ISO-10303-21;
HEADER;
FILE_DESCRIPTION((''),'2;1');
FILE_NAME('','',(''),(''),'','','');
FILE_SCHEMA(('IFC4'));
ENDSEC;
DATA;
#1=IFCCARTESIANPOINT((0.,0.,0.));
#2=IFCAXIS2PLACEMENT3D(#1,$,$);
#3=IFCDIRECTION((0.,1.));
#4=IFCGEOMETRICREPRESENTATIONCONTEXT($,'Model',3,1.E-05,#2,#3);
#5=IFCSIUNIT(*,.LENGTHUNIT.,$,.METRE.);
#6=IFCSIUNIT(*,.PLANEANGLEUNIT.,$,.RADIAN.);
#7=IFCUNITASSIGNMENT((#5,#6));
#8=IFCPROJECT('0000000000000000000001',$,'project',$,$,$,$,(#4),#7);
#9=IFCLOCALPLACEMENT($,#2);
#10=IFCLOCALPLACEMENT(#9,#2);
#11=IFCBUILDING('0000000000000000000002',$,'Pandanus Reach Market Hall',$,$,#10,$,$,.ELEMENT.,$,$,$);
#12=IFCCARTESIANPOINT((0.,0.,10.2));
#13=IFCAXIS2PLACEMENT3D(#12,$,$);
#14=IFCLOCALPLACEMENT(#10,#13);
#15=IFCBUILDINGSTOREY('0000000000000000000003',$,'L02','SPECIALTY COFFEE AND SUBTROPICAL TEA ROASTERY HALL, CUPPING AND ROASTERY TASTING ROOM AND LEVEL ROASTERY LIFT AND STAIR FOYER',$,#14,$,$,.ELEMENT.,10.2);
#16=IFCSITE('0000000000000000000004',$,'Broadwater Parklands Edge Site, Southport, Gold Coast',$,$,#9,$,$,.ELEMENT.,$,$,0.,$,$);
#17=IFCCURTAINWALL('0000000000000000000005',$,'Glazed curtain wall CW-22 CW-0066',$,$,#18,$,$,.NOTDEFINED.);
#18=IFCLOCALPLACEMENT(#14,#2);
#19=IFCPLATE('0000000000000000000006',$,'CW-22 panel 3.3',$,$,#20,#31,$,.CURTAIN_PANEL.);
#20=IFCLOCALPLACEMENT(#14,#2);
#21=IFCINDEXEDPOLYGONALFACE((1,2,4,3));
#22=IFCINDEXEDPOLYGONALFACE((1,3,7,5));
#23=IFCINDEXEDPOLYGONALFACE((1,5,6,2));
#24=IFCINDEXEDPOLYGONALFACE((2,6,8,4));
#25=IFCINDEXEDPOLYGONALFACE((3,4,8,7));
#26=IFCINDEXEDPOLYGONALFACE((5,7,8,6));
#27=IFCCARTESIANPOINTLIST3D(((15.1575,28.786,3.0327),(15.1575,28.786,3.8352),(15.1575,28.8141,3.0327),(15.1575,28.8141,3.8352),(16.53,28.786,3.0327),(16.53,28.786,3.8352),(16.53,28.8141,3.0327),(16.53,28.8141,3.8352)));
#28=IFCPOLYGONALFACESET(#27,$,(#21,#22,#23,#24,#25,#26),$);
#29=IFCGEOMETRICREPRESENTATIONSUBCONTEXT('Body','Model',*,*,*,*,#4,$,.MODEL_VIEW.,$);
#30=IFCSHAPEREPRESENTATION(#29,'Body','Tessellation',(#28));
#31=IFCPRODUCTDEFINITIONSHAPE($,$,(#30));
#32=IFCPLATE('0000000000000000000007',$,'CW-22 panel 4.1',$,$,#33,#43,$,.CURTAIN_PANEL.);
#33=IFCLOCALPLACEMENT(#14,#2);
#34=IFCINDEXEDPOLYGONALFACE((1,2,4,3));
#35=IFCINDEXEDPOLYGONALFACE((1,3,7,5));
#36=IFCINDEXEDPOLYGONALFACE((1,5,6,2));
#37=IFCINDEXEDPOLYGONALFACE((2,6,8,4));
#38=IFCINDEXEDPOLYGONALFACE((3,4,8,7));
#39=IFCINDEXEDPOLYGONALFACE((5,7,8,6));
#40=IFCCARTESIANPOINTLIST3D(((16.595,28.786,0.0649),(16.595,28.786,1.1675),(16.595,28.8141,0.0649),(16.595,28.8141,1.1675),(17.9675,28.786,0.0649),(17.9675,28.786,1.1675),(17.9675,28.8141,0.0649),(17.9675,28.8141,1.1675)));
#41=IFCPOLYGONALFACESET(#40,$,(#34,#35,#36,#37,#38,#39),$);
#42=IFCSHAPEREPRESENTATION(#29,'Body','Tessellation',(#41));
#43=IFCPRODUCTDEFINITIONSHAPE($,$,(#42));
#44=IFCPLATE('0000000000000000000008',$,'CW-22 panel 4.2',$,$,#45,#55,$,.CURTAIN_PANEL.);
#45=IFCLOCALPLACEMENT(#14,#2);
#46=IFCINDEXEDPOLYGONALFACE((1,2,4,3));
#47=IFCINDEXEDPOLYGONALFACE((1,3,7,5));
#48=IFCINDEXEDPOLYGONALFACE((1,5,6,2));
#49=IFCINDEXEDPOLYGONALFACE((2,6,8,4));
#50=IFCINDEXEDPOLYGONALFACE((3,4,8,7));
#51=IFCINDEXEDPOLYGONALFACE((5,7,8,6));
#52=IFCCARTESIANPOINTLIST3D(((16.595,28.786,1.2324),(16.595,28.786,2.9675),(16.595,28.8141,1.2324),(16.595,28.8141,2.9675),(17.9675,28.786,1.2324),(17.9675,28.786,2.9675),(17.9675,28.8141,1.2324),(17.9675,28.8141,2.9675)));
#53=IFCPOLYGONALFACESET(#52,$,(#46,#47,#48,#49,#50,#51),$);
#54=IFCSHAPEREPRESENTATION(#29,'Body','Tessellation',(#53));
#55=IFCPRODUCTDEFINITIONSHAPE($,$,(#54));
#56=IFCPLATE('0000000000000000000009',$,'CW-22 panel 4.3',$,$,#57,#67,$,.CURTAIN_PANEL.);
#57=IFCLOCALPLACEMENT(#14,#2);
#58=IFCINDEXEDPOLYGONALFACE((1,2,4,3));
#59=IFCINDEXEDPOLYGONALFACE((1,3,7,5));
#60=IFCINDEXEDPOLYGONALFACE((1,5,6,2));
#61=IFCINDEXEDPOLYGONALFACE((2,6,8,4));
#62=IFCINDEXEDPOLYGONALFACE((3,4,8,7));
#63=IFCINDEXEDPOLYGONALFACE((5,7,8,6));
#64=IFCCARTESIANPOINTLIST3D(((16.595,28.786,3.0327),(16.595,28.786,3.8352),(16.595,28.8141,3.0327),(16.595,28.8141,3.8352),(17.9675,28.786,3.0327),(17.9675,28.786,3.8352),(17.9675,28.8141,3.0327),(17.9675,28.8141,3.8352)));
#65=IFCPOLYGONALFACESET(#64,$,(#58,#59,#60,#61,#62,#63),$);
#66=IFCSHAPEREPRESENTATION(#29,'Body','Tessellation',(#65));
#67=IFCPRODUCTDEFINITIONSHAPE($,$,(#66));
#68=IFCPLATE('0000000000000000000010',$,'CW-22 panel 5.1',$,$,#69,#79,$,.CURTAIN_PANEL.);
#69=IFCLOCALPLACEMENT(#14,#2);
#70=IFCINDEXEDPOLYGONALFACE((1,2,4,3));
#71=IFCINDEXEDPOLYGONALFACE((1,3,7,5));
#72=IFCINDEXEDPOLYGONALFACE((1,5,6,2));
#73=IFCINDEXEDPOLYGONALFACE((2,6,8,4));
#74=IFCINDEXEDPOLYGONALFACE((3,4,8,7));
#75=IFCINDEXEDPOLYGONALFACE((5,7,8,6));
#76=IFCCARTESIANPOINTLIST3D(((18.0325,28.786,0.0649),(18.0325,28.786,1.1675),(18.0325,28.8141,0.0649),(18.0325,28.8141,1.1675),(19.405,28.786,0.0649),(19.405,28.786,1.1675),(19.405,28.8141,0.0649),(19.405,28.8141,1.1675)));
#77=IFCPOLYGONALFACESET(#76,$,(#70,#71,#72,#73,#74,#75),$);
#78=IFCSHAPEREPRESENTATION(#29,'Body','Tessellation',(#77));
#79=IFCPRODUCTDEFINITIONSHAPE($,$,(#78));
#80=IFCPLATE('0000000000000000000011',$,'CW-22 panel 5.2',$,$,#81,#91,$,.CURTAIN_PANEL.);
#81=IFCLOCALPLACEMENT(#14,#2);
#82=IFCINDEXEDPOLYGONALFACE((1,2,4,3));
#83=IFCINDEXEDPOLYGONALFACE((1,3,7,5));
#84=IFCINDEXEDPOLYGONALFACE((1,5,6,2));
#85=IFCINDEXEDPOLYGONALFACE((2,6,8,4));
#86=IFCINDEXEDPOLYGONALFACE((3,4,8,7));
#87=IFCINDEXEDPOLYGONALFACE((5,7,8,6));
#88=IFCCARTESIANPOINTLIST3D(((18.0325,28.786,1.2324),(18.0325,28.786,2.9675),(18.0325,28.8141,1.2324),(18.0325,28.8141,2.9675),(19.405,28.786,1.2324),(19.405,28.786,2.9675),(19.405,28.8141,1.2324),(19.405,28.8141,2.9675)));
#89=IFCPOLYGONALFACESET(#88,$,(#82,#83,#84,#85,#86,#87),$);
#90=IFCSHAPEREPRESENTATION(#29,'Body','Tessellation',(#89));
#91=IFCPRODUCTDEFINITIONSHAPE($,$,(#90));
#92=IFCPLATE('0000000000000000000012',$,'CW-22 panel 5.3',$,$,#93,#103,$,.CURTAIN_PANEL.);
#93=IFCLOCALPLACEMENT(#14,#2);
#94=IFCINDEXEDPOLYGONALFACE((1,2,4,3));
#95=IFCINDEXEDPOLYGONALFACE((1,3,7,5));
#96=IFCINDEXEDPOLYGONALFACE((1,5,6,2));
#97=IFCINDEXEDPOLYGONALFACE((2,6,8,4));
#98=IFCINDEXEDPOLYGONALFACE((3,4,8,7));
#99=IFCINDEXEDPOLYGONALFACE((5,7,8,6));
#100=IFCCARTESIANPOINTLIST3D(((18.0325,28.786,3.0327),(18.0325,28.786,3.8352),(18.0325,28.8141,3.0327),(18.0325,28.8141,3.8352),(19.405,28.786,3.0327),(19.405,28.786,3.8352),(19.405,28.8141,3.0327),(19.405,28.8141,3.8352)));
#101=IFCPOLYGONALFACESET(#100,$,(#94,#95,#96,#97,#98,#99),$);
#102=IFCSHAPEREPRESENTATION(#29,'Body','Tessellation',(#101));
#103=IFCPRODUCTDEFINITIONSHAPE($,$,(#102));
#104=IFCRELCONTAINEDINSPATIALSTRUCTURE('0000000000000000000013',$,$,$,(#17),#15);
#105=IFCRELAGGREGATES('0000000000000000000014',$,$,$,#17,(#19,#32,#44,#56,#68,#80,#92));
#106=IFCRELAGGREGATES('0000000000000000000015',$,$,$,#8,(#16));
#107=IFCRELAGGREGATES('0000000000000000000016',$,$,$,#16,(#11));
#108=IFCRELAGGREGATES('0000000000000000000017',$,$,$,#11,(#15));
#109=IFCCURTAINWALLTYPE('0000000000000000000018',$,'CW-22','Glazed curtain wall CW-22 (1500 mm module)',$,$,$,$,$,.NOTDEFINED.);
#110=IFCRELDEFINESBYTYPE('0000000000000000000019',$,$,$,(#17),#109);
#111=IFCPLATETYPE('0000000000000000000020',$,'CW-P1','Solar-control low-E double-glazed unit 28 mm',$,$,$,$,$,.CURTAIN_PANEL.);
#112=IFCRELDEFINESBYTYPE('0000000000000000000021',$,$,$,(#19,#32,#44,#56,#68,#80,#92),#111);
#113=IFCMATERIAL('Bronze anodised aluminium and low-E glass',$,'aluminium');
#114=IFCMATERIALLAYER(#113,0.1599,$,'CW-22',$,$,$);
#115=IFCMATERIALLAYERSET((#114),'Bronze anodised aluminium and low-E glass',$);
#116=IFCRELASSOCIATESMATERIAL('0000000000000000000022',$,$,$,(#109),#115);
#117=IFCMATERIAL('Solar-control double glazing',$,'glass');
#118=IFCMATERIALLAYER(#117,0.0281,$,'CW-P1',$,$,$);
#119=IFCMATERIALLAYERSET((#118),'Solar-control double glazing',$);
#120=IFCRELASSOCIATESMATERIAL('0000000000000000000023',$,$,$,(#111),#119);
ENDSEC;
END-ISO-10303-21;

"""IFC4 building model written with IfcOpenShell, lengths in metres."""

from ifc_helpers import new_model, si_unit, direction, frame, origin, origin_2d, place, context, subcontext, project, spatial, rectangle, extrude, material, layer, layer_set, type_object, element, aggregate, save


model = new_model("IFC4")

# Units and contexts
model_context = context("Model", 3, precision=1e-05, world=origin(), true_north=direction((0.0, 1.0)))
body_context = subcontext(model_context, "Body", "Model", "MODEL_VIEW")
ifc_project = project(units=[si_unit("LENGTHUNIT", "METRE"), si_unit("PLANEANGLEUNIT", "RADIAN")], contexts=[model_context])

# Site, building, storey
site_placement = place(None, origin())
site = spatial("IfcSite", under=ifc_project, at=site_placement, Name="Broadwater Parklands Edge Site, Southport, Gold Coast", CompositionType="ELEMENT", RefElevation=0.0)
building_placement = place(site_placement, origin())
building = spatial("IfcBuilding", under=site, at=building_placement, Name="Pandanus Reach Market Hall", CompositionType="ELEMENT")
storey_placement = place(building_placement, frame((0.0, 0.0, 10.2)))
storey = spatial("IfcBuildingStorey", under=building, at=storey_placement, Name="L02", Description="SPECIALTY COFFEE AND SUBTROPICAL TEA ROASTERY HALL, CUPPING AND ROASTERY TASTING ROOM AND LEVEL ROASTERY LIFT AND STAIR FOYER", CompositionType="ELEMENT", Elevation=10.2)

# Curtain wall
ifc_material_1 = material(Name="Bronze anodised aluminium and low-E glass", Category="aluminium")
ifc_layer_1 = layer(ifc_material_1, 0.1599, Name="CW-22")
ifc_layer_set_1 = layer_set([ifc_layer_1], Name="Bronze anodised aluminium and low-E glass")
curtain_wall_type = type_object("IfcCurtainWallType", Name="CW-22", Description="Glazed curtain wall CW-22 (1500 mm module)", PredefinedType="NOTDEFINED", material=ifc_layer_set_1)
curtain_wall_placement = place(storey_placement, origin())
curtain_wall = element("IfcCurtainWall", 1, at=curtain_wall_placement, inside=storey, type_object=curtain_wall_type, Name="Glazed curtain wall CW-22 CW-0066", PredefinedType="NOTDEFINED")

# Plates
ifc_material_2 = material(Name="Solar-control double glazing", Category="glass")
ifc_layer_2 = layer(ifc_material_2, 0.0281, Name="CW-P1")
ifc_layer_set_2 = layer_set([ifc_layer_2], Name="Solar-control double glazing")
plate_type = type_object("IfcPlateType", Name="CW-P1", Description="Solar-control low-E double-glazed unit 28 mm", PredefinedType="CURTAIN_PANEL", material=ifc_layer_set_2)
plate_1_placement = place(storey_placement, frame((15.8438, 28.8, 3.0327), z_axis=(0.0, 0.0, 1.0), x_axis=(1.0, 0.0, 0.0)))
plate_1 = element("IfcPlate", 2, at=plate_1_placement, type_object=plate_type, Name="CW-22 panel 3.3", PredefinedType="CURTAIN_PANEL", context=body_context, shape_type="SweptSolid", body=[
    extrude(rectangle(XDim=1.3726, YDim=0.0281, at=origin_2d()), origin(), (0.0, 0.0, 1.0), 0.8025),
])
plate_2_placement = place(storey_placement, frame((17.2812, 28.8, 0.0649), z_axis=(0.0, 0.0, 1.0), x_axis=(1.0, 0.0, 0.0)))
plate_2 = element("IfcPlate", 3, at=plate_2_placement, type_object=plate_type, Name="CW-22 panel 4.1", PredefinedType="CURTAIN_PANEL", context=body_context, shape_type="SweptSolid", body=[
    extrude(rectangle(XDim=1.3726, YDim=0.0281, at=origin_2d()), origin(), (0.0, 0.0, 1.0), 1.1025),
])
plate_3_placement = place(storey_placement, frame((17.2812, 28.8, 1.2324), z_axis=(0.0, 0.0, 1.0), x_axis=(1.0, 0.0, 0.0)))
plate_3 = element("IfcPlate", 4, at=plate_3_placement, type_object=plate_type, Name="CW-22 panel 4.2", PredefinedType="CURTAIN_PANEL", context=body_context, shape_type="SweptSolid", body=[
    extrude(rectangle(XDim=1.3726, YDim=0.0281, at=origin_2d()), origin(), (0.0, 0.0, 1.0), 1.7351),
])
plate_4_placement = place(storey_placement, frame((17.2812, 28.8, 3.0327), z_axis=(0.0, 0.0, 1.0), x_axis=(1.0, 0.0, 0.0)))
plate_4 = element("IfcPlate", 5, at=plate_4_placement, type_object=plate_type, Name="CW-22 panel 4.3", PredefinedType="CURTAIN_PANEL", context=body_context, shape_type="SweptSolid", body=[
    extrude(rectangle(XDim=1.3726, YDim=0.0281, at=origin_2d()), origin(), (0.0, 0.0, 1.0), 0.8025),
])
plate_5_placement = place(storey_placement, frame((18.7188, 28.8, 0.0649), z_axis=(0.0, 0.0, 1.0), x_axis=(1.0, 0.0, 0.0)))
plate_5 = element("IfcPlate", 6, at=plate_5_placement, type_object=plate_type, Name="CW-22 panel 5.1", PredefinedType="CURTAIN_PANEL", context=body_context, shape_type="SweptSolid", body=[
    extrude(rectangle(XDim=1.3726, YDim=0.0281, at=origin_2d()), origin(), (0.0, 0.0, 1.0), 1.1025),
])
plate_6_placement = place(storey_placement, frame((18.7188, 28.8, 1.2324), z_axis=(0.0, 0.0, 1.0), x_axis=(1.0, 0.0, 0.0)))
plate_6 = element("IfcPlate", 7, at=plate_6_placement, type_object=plate_type, Name="CW-22 panel 5.2", PredefinedType="CURTAIN_PANEL", context=body_context, shape_type="SweptSolid", body=[
    extrude(rectangle(XDim=1.3726, YDim=0.0281, at=origin_2d()), origin(), (0.0, 0.0, 1.0), 1.7351),
])
plate_7_placement = place(storey_placement, frame((18.7188, 28.8, 3.0327), z_axis=(0.0, 0.0, 1.0), x_axis=(1.0, 0.0, 0.0)))
plate_7 = element("IfcPlate", 8, at=plate_7_placement, type_object=plate_type, Name="CW-22 panel 5.3", PredefinedType="CURTAIN_PANEL", context=body_context, shape_type="SweptSolid", body=[
    extrude(rectangle(XDim=1.3726, YDim=0.0281, at=origin_2d()), origin(), (0.0, 0.0, 1.0), 0.8025),
])
aggregate(curtain_wall, [plate_1, plate_2, plate_3, plate_4, plate_5, plate_6, plate_7])

save(model, "model.ifc")
